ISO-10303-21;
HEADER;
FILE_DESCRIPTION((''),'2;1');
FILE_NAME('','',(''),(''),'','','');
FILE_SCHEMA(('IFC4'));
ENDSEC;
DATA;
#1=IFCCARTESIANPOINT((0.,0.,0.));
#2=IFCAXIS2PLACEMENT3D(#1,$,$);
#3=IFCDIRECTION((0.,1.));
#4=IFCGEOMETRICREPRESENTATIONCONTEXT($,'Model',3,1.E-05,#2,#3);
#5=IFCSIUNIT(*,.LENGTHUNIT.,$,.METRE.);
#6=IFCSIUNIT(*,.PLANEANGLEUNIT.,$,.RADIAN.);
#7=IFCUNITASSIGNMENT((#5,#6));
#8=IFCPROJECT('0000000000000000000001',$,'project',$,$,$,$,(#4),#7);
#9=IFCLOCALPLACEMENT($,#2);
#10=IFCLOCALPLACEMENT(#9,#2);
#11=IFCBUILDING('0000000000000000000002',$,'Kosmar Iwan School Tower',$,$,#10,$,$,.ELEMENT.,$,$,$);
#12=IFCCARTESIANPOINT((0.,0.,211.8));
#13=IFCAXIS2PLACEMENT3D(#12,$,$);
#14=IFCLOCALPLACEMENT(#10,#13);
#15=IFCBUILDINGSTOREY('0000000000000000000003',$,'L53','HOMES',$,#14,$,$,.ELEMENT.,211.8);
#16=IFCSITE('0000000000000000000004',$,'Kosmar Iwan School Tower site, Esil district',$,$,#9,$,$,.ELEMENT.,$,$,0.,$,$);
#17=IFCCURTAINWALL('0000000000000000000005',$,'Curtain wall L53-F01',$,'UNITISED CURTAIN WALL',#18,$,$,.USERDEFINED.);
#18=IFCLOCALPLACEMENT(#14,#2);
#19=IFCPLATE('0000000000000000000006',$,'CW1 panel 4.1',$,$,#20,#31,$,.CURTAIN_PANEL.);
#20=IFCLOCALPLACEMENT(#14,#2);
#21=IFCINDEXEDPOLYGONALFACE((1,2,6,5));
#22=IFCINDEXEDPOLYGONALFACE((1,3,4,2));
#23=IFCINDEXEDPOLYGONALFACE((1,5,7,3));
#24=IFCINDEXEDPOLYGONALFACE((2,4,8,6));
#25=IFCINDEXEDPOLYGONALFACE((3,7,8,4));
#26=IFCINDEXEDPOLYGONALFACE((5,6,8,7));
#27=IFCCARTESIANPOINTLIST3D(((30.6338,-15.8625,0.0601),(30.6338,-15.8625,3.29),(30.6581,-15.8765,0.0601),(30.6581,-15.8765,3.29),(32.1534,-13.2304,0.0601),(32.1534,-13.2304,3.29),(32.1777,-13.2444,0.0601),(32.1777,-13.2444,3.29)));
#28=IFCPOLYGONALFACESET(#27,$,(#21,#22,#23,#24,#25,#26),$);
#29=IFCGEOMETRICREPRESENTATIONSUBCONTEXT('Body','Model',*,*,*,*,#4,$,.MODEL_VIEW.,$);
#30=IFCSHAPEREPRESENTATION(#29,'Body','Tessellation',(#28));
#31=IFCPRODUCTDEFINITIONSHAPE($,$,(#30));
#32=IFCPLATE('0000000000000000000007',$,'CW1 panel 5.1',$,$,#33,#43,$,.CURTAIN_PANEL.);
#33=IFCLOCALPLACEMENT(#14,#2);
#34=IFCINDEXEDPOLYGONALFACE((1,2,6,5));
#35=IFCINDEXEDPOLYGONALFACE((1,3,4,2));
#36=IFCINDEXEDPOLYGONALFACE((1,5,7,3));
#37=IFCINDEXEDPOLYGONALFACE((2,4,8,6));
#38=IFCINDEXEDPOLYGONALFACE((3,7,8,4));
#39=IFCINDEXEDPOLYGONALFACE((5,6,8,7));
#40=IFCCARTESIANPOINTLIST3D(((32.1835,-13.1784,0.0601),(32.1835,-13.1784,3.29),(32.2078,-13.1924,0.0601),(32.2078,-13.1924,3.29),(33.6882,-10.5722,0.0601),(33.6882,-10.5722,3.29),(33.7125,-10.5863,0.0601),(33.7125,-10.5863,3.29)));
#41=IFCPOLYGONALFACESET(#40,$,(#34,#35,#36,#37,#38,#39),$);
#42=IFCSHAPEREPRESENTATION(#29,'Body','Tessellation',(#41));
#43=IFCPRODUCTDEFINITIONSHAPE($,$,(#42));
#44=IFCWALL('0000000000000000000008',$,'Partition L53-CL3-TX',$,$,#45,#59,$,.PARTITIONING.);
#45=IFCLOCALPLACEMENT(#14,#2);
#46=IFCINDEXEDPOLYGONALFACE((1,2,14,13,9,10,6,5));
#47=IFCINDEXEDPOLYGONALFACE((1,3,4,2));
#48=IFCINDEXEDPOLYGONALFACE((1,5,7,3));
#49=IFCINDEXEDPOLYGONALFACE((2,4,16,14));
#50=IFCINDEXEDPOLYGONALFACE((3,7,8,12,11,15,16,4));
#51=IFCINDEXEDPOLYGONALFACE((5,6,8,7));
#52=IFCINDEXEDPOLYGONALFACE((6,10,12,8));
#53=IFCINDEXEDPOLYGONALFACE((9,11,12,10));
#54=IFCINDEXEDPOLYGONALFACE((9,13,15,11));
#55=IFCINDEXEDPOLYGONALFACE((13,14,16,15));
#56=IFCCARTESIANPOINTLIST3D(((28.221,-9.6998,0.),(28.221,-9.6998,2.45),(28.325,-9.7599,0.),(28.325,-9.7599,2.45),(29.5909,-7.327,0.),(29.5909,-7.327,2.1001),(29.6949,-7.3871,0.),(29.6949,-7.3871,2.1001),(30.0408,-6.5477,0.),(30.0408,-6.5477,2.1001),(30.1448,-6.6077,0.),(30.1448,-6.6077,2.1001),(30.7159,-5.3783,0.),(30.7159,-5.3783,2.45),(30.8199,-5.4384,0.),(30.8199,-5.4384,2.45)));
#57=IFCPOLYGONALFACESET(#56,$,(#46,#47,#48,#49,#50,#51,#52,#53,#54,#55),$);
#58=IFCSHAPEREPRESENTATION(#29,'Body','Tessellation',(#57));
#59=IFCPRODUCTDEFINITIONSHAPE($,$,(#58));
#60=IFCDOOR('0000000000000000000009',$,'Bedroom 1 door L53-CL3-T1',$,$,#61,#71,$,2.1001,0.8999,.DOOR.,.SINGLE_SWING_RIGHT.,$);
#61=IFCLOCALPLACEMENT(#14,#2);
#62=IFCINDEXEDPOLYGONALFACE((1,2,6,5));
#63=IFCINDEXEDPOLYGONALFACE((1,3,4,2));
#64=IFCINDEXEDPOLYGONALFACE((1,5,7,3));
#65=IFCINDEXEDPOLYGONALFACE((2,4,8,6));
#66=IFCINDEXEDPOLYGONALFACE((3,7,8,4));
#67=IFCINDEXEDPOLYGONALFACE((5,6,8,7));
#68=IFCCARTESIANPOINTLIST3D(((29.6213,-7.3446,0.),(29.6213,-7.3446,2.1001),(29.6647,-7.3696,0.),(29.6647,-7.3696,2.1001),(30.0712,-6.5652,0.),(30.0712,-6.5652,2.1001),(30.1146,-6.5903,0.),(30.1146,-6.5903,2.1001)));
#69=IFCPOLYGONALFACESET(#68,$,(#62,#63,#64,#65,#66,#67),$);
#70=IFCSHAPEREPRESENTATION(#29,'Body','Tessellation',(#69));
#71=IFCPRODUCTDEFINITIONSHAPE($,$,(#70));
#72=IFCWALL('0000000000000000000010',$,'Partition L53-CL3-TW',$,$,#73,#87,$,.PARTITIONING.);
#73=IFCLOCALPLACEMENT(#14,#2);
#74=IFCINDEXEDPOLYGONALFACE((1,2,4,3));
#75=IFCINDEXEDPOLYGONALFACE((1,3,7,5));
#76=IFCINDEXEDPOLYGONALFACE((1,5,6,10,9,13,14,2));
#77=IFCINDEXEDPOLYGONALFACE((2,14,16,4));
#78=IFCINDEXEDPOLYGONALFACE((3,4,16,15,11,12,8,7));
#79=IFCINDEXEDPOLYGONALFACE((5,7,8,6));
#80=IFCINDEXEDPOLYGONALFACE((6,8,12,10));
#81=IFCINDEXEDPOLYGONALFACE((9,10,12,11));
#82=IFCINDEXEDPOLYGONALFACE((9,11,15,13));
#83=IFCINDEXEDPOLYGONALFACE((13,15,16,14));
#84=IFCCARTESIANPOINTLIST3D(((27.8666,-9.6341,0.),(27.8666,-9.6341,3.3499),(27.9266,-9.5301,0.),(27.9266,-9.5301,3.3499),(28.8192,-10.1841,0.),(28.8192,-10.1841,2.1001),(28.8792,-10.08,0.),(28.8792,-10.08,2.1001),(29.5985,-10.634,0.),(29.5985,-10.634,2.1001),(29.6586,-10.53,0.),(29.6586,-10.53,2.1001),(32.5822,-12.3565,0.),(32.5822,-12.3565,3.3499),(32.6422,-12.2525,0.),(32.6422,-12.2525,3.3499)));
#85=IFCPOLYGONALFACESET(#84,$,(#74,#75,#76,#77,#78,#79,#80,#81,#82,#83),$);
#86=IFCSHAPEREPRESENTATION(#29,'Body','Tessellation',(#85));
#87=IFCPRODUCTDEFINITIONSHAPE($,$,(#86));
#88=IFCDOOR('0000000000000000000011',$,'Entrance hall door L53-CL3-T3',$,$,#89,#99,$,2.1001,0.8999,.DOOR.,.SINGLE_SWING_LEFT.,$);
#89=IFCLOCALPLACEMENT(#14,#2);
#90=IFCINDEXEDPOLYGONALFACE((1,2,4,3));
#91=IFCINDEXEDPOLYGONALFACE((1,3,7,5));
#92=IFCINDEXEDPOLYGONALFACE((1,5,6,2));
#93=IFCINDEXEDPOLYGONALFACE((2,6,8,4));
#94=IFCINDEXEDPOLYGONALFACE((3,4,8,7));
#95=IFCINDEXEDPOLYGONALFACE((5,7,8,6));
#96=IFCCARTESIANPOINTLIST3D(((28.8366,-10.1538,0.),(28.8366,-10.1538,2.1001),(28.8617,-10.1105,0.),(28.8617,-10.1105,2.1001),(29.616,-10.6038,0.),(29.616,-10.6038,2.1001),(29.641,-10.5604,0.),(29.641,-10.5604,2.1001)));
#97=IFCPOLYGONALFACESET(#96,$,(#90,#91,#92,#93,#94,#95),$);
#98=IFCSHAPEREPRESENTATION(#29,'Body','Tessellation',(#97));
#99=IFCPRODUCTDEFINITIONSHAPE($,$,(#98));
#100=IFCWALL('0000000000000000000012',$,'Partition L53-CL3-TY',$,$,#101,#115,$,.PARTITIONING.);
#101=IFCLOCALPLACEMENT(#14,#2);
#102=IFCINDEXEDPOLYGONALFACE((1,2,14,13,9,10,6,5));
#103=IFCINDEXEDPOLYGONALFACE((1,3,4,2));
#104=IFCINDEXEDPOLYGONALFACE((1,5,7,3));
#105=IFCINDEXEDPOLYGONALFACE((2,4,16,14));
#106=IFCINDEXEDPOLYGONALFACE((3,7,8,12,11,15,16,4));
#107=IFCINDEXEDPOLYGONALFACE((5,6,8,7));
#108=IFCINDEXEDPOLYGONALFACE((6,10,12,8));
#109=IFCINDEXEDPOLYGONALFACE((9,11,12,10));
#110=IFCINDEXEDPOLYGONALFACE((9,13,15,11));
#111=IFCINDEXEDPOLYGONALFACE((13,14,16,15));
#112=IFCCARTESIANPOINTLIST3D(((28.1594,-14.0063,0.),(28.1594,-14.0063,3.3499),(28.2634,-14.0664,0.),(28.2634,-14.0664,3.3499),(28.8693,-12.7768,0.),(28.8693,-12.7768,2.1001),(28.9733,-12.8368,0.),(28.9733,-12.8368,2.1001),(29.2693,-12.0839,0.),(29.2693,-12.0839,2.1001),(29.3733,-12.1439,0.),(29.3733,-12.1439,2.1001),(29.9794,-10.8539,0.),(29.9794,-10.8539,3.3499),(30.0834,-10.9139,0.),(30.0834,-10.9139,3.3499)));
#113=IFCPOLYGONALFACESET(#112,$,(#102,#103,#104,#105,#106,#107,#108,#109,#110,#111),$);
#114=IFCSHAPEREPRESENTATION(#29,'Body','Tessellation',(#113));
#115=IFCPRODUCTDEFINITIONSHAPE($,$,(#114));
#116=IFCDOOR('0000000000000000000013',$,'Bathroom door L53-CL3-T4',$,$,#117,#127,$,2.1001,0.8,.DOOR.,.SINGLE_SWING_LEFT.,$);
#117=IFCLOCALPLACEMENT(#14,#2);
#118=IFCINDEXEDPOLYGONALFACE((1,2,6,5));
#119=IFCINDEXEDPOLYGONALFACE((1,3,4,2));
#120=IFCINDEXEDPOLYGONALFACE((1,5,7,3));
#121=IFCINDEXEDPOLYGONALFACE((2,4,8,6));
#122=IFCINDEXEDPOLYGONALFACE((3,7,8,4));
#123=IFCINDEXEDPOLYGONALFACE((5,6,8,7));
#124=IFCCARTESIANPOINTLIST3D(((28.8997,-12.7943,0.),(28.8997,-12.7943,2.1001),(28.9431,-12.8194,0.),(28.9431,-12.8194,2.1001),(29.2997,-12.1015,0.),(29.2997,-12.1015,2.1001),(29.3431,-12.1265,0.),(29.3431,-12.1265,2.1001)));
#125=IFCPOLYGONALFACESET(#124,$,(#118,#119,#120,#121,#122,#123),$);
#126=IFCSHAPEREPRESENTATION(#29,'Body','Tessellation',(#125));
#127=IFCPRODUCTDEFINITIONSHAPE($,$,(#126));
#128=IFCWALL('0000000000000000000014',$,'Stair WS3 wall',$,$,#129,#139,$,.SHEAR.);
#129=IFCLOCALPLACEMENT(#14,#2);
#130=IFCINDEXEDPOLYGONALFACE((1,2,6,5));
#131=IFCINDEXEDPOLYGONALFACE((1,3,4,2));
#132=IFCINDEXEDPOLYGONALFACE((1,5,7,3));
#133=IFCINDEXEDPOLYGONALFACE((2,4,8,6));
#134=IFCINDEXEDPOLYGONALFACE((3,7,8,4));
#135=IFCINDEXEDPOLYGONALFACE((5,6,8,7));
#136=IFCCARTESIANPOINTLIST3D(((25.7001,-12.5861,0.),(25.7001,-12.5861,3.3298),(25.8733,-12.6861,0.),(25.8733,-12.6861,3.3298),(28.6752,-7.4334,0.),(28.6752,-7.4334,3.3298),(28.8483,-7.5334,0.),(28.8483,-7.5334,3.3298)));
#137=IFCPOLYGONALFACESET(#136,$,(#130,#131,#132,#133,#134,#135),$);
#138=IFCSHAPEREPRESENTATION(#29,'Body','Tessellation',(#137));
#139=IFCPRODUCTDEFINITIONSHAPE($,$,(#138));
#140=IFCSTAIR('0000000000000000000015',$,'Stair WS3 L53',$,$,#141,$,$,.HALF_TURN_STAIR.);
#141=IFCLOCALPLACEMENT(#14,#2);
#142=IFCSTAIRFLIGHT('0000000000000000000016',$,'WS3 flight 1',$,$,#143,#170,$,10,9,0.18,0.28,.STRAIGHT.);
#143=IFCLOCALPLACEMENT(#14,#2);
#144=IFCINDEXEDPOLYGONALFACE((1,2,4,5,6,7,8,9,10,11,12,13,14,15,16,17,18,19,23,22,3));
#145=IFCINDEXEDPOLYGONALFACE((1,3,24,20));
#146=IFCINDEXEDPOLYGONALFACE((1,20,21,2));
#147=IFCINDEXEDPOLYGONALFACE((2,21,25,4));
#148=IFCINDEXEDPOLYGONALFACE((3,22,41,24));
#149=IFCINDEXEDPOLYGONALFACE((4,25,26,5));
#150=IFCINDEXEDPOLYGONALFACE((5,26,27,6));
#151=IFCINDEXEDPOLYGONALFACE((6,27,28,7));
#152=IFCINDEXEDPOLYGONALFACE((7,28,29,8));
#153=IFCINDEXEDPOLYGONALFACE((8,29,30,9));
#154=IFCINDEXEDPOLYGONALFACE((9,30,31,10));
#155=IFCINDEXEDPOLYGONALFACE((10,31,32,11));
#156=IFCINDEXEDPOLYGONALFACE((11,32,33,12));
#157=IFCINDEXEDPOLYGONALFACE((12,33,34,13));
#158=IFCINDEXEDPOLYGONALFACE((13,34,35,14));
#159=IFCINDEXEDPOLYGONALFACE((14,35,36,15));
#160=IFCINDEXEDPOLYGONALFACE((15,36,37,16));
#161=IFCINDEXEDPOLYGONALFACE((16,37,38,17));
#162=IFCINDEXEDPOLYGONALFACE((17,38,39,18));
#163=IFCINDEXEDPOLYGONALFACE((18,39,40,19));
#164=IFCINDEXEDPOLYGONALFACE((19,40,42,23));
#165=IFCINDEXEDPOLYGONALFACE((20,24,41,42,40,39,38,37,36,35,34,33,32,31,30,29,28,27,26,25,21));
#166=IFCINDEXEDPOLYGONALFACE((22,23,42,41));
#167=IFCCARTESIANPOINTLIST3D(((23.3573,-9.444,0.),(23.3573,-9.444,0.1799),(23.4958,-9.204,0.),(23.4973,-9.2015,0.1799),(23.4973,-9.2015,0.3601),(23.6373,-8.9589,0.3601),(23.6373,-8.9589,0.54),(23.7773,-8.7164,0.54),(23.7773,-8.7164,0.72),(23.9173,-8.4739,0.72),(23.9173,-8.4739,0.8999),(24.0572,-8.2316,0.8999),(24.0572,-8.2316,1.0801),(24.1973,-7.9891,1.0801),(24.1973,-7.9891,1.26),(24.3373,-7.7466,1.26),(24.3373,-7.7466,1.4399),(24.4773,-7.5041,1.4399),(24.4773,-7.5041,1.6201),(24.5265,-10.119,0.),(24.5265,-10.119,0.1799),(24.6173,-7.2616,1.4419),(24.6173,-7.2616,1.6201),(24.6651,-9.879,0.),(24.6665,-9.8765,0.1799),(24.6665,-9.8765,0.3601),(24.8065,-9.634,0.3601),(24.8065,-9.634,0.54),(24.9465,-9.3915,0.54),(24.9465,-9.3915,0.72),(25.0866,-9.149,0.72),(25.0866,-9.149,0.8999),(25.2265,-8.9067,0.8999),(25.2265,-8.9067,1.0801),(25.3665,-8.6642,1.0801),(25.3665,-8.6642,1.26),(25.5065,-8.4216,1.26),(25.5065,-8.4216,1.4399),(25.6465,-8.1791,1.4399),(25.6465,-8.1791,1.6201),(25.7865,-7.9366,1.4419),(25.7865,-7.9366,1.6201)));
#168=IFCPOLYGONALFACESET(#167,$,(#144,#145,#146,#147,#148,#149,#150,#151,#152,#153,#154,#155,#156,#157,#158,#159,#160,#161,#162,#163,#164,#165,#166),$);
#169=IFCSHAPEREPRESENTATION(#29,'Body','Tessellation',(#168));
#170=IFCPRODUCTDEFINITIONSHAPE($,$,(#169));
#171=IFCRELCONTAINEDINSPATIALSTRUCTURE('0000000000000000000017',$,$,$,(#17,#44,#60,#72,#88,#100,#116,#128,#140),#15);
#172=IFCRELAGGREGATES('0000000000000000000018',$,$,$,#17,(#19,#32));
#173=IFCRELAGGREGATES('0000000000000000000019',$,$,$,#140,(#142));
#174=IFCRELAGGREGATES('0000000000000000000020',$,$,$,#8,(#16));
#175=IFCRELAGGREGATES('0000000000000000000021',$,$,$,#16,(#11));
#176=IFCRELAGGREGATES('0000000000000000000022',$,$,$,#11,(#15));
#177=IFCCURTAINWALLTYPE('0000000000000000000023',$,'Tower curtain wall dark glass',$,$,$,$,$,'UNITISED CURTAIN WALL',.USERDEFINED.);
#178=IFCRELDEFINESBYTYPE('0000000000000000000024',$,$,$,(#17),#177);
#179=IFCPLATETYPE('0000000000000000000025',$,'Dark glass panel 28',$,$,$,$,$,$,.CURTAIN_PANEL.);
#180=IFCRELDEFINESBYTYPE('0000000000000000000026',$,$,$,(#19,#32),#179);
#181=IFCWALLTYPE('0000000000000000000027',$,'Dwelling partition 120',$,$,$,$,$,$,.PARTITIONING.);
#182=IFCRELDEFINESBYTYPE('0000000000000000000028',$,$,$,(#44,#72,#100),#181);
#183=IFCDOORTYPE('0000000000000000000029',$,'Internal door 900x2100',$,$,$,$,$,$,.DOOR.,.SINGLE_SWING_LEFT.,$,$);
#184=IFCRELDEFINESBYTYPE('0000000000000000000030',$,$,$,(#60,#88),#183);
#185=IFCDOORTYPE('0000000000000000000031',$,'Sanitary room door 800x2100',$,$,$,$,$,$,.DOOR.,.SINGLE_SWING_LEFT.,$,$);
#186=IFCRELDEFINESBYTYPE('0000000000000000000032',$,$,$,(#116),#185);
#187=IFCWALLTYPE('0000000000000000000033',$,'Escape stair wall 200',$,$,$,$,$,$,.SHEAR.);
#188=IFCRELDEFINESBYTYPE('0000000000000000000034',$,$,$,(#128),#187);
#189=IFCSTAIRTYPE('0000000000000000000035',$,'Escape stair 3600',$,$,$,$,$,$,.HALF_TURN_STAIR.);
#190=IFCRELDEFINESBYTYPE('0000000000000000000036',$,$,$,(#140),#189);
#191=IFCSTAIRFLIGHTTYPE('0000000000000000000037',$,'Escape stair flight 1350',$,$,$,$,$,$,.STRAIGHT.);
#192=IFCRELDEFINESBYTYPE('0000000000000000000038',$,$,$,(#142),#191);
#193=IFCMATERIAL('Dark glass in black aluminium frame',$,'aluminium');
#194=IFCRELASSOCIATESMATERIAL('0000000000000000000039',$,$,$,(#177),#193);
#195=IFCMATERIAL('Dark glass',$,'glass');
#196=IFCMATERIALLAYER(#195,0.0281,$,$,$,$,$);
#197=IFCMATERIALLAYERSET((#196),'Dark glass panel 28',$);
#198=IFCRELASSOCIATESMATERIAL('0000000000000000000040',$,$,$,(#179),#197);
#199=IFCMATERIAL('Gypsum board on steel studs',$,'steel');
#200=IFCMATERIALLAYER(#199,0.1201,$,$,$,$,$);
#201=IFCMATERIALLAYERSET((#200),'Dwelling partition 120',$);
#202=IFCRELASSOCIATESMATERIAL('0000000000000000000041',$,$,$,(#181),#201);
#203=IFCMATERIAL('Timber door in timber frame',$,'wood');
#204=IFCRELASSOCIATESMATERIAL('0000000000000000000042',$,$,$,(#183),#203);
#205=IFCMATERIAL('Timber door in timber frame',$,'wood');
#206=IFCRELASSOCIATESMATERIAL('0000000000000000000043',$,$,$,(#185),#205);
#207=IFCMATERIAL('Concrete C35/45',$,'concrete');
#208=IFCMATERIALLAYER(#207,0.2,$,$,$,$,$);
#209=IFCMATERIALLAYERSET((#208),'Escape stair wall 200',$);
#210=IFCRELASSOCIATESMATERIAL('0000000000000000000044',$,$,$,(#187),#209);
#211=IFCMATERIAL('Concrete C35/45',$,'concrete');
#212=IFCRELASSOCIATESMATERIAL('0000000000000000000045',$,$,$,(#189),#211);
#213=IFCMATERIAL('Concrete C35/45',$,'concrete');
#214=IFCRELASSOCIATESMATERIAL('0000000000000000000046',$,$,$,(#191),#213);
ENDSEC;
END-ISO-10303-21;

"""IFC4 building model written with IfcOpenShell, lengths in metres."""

from ifc_helpers import new_model, si_unit, direction, frame, frame_2d, origin, origin_2d, place, context, subcontext, project, spatial, polyline, rectangle, outline, extrude, material, layer, layer_set, type_object, element, fill, aggregate, save


model = new_model("IFC4")

# Units and contexts
model_context = context("Model", 3, precision=1e-05, world=origin(), true_north=direction((0.0, 1.0)))
body_context = subcontext(model_context, "Body", "Model", "MODEL_VIEW")
ifc_project = project(units=[si_unit("LENGTHUNIT", "METRE"), si_unit("PLANEANGLEUNIT", "RADIAN")], contexts=[model_context])

# Site, building, storey
site_placement = place(None, origin())
site = spatial("IfcSite", under=ifc_project, at=site_placement, Name="Kosmar Iwan School Tower site, Esil district", CompositionType="ELEMENT", RefElevation=0.0)
building_placement = place(site_placement, origin())
building = spatial("IfcBuilding", under=site, at=building_placement, Name="Kosmar Iwan School Tower", CompositionType="ELEMENT")
storey_placement = place(building_placement, frame((0.0, 0.0, 211.8)))
storey = spatial("IfcBuildingStorey", under=building, at=storey_placement, Name="L53", Description="HOMES", CompositionType="ELEMENT", Elevation=211.8)

# Curtain wall
ifc_material_1 = material(Name="Dark glass in black aluminium frame", Category="aluminium")
curtain_wall_type_1 = type_object("IfcCurtainWallType", Name="Tower curtain wall dark glass", ElementType="UNITISED CURTAIN WALL", PredefinedType="USERDEFINED", material=ifc_material_1)
curtain_wall_1_placement = place(storey_placement, origin())
curtain_wall_1 = element("IfcCurtainWall", 1, at=curtain_wall_1_placement, inside=storey, type_object=curtain_wall_type_1, Name="Curtain wall L53-F01", ObjectType="UNITISED CURTAIN WALL", PredefinedType="USERDEFINED")

# Plates
ifc_material_2 = material(Name="Dark glass", Category="glass")
ifc_layer_1 = layer(ifc_material_2, 0.0281)
ifc_layer_set_1 = layer_set([ifc_layer_1], Name="Dark glass panel 28")
plate_type = type_object("IfcPlateType", Name="Dark glass panel 28", PredefinedType="CURTAIN_PANEL", material=ifc_layer_set_1)
plate_1_placement = place(storey_placement, frame((31.4058, -14.5535, 0.0601), z_axis=(0.0, 0.0, 1.0), x_axis=(0.5, 0.866025, 0.0)))
plate_1 = element("IfcPlate", 2, at=plate_1_placement, type_object=plate_type, Name="CW1 panel 4.1", PredefinedType="CURTAIN_PANEL", context=body_context, shape_type="SweptSolid", body=[
    extrude(rectangle(XDim=3.0393, YDim=0.0281, at=origin_2d()), origin(), (0.0, 0.0, 1.0), 3.23),
])
plate_2_placement = place(storey_placement, frame((32.948, -11.8823, 0.0601), z_axis=(0.0, 0.0, 1.0), x_axis=(0.5, 0.866025, 0.0)))
plate_2 = element("IfcPlate", 3, at=plate_2_placement, type_object=plate_type, Name="CW1 panel 5.1", PredefinedType="CURTAIN_PANEL", context=body_context, shape_type="SweptSolid", body=[
    extrude(rectangle(XDim=3.0093, YDim=0.0281, at=origin_2d()), origin(), (0.0, 0.0, 1.0), 3.23),
])
aggregate(curtain_wall_1, [plate_1, plate_2])

# Walls, openings, doors
ifc_material_3 = material(Name="Gypsum board on steel studs", Category="steel")
ifc_layer_2 = layer(ifc_material_3, 0.1201)
ifc_layer_set_2 = layer_set([ifc_layer_2], Name="Dwelling partition 120")
wall_type_1 = type_object("IfcWallType", Name="Dwelling partition 120", PredefinedType="PARTITIONING", material=ifc_layer_set_2)
wall_1_placement = place(storey_placement, frame((28.2729, -9.73, 0.0), z_axis=(0.0, 0.0, 1.0), x_axis=(0.499975, 0.86604, 0.0)))
wall_1 = element("IfcWall", 4, at=wall_1_placement, inside=storey, type_object=wall_type_1, Name="Partition L53-CL3-TX", PredefinedType="PARTITIONING", context=body_context, shape_type="SweptSolid", body=[
    extrude(rectangle(XDim=4.99, YDim=0.1201, at=frame_2d((2.4951, 0.0))), origin(), (0.0, 0.0, 1.0), 2.45),
])
opening_1_placement = place(wall_1_placement, frame((2.74, 0.0, 0.0)))
opening_1 = element("IfcOpeningElement", 5, at=opening_1_placement, cuts=wall_1, PredefinedType="OPENING", context=body_context, shape_type="SweptSolid", body=[
    extrude(rectangle(XDim=0.8999, YDim=2.1001, at=frame_2d((0.45, 1.05))), frame((0.0, 0.072, 0.0), z_axis=(0.0, -1.0, 0.0), x_axis=(1.0, 0.0, 0.0)), (0.0, 0.0, 1.0), 0.144),
])
ifc_material_4 = material(Name="Timber door in timber frame", Category="wood")
door_type_1 = type_object("IfcDoorType", Name="Internal door 900x2100", OperationType="SINGLE_SWING_LEFT", PredefinedType="DOOR", material=ifc_material_4)
door_1_placement = place(opening_1_placement, origin())
door_1 = element("IfcDoor", 6, at=door_1_placement, inside=storey, type_object=door_type_1, Name="Bedroom 1 door L53-CL3-T1", OperationType="SINGLE_SWING_RIGHT", OverallHeight=2.1001, OverallWidth=0.8999, PredefinedType="DOOR", context=body_context, shape_type="SweptSolid", body=[
    extrude(rectangle(XDim=0.8999, YDim=2.1001, at=frame_2d((0.45, 1.05))), frame((0.0, 0.0249, 0.0), z_axis=(0.0, -1.0, 0.0), x_axis=(1.0, 0.0, 0.0)), (0.0, 0.0, 1.0), 0.05),
])
fill(opening_1, door_1)
wall_2_placement = place(storey_placement, frame((27.8965, -9.582, 0.0), z_axis=(0.0, 0.0, 1.0), x_axis=(0.866036, -0.499982, 0.0)))
wall_2 = element("IfcWall", 7, at=wall_2_placement, inside=storey, type_object=wall_type_1, Name="Partition L53-CL3-TW", PredefinedType="PARTITIONING", context=body_context, shape_type="SweptSolid", body=[
    extrude(rectangle(XDim=5.4451, YDim=0.1201, at=frame_2d((2.7227, 0.0))), origin(), (0.0, 0.0, 1.0), 3.3499),
])
opening_2_placement = place(wall_2_placement, frame((1.1001, 0.0, 0.0)))
opening_2 = element("IfcOpeningElement", 8, at=opening_2_placement, cuts=wall_2, PredefinedType="OPENING", context=body_context, shape_type="SweptSolid", body=[
    extrude(rectangle(XDim=0.8999, YDim=2.1001, at=frame_2d((0.45, 1.05))), frame((0.0, 0.072, 0.0), z_axis=(0.0, -1.0, 0.0), x_axis=(1.0, 0.0, 0.0)), (0.0, 0.0, 1.0), 0.144),
])
door_2_placement = place(opening_2_placement, origin())
door_2 = element("IfcDoor", 9, at=door_2_placement, inside=storey, type_object=door_type_1, Name="Entrance hall door L53-CL3-T3", OperationType="SINGLE_SWING_LEFT", OverallHeight=2.1001, OverallWidth=0.8999, PredefinedType="DOOR", context=body_context, shape_type="SweptSolid", body=[
    extrude(rectangle(XDim=0.8999, YDim=2.1001, at=frame_2d((0.45, 1.05))), frame((0.0, 0.0249, 0.0), z_axis=(0.0, -1.0, 0.0), x_axis=(1.0, 0.0, 0.0)), (0.0, 0.0, 1.0), 0.05),
])
fill(opening_2, door_2)
wall_3_placement = place(storey_placement, frame((28.2114, -14.0364, 0.0), z_axis=(0.0, 0.0, 1.0), x_axis=(0.499984, 0.866035, 0.0)))
wall_3 = element("IfcWall", 10, at=wall_3_placement, inside=storey, type_object=wall_type_1, Name="Partition L53-CL3-TY", PredefinedType="PARTITIONING", context=body_context, shape_type="SweptSolid", body=[
    extrude(rectangle(XDim=3.6401, YDim=0.1201, at=frame_2d((1.8201, 0.0))), origin(), (0.0, 0.0, 1.0), 3.3499),
])
opening_3_placement = place(wall_3_placement, frame((1.4199, 0.0, 0.0)))
opening_3 = element("IfcOpeningElement", 11, at=opening_3_placement, cuts=wall_3, PredefinedType="OPENING", context=body_context, shape_type="SweptSolid", body=[
    extrude(rectangle(XDim=0.8, YDim=2.1001, at=frame_2d((0.3999, 1.05))), frame((0.0, 0.072, 0.0), z_axis=(0.0, -1.0, 0.0), x_axis=(1.0, 0.0, 0.0)), (0.0, 0.0, 1.0), 0.144),
])
ifc_material_5 = material(Name="Timber door in timber frame", Category="wood")
door_type_2 = type_object("IfcDoorType", Name="Sanitary room door 800x2100", OperationType="SINGLE_SWING_LEFT", PredefinedType="DOOR", material=ifc_material_5)
door_3_placement = place(opening_3_placement, origin())
door_3 = element("IfcDoor", 12, at=door_3_placement, inside=storey, type_object=door_type_2, Name="Bathroom door L53-CL3-T4", OperationType="SINGLE_SWING_LEFT", OverallHeight=2.1001, OverallWidth=0.8, PredefinedType="DOOR", context=body_context, shape_type="SweptSolid", body=[
    extrude(rectangle(XDim=0.8, YDim=2.1001, at=frame_2d((0.3999, 1.05))), frame((0.0, 0.0249, 0.0), z_axis=(0.0, -1.0, 0.0), x_axis=(1.0, 0.0, 0.0)), (0.0, 0.0, 1.0), 0.05),
])
fill(opening_3, door_3)

# Wall
ifc_material_6 = material(Name="Concrete C35/45", Category="concrete")
ifc_layer_3 = layer(ifc_material_6, 0.2)
ifc_layer_set_3 = layer_set([ifc_layer_3], Name="Escape stair wall 200")
wall_type_2 = type_object("IfcWallType", Name="Escape stair wall 200", PredefinedType="SHEAR", material=ifc_layer_set_3)
wall_4_placement = place(storey_placement, frame((25.7866, -12.6362, 0.0), z_axis=(0.0, 0.0, 1.0), x_axis=(0.500014, 0.866017, 0.0)))
element("IfcWall", 13, at=wall_4_placement, inside=storey, type_object=wall_type_2, Name="Stair WS3 wall", PredefinedType="SHEAR", context=body_context, shape_type="SweptSolid", body=[
    extrude(rectangle(XDim=5.95, YDim=0.2, at=frame_2d((2.9751, 0.0))), origin(), (0.0, 0.0, 1.0), 3.3298),
])

# Stair, stair flight
ifc_material_7 = material(Name="Concrete C35/45", Category="concrete")
stair_type = type_object("IfcStairType", Name="Escape stair 3600", PredefinedType="HALF_TURN_STAIR", material=ifc_material_7)
stair_placement = place(storey_placement, origin())
stair = element("IfcStair", 14, at=stair_placement, inside=storey, type_object=stair_type, Name="Stair WS3 L53", PredefinedType="HALF_TURN_STAIR")
ifc_material_8 = material(Name="Concrete C35/45", Category="concrete")
stair_flight_type = type_object("IfcStairFlightType", Name="Escape stair flight 1350", PredefinedType="STRAIGHT", material=ifc_material_8)
stair_flight_placement = place(storey_placement, frame((23.9419, -9.7815, 0.0), z_axis=(0.0, 0.0, 1.0), x_axis=(0.5, 0.866025, 0.0)))
stair_flight = element("IfcStairFlight", 15, at=stair_flight_placement, type_object=stair_flight_type, Name="WS3 flight 1", NumberOfRisers=10, NumberOfTreads=9, PredefinedType="STRAIGHT", RiserHeight=0.18, TreadLength=0.28, context=body_context, shape_type="SweptSolid", body=[
    extrude(outline(polyline([(0.0, 0.0), (0.0, 0.1799), (0.28, 0.1799), (0.28, 0.3601), (0.5601, 0.3601), (0.5601, 0.54), (0.8401, 0.54), (0.8401, 0.72), (1.1201, 0.72), (1.1201, 0.8999), (1.3999, 0.8999), (1.3999, 1.0801), (1.6799, 1.0801), (1.6799, 1.26), (1.96, 1.26), (1.96, 1.4399), (2.24, 1.4399), (2.24, 1.6201), (2.52, 1.6201), (2.52, 1.8), (2.52, 1.4419), (0.2771, 0.0), (0.0, 0.0)])), frame((0.0, 0.675, 0.0), z_axis=(0.0, -1.0, 0.0), x_axis=(1.0, 0.0, 0.0)), (0.0, 0.0, 1.0), 1.3501),
])
aggregate(stair, [stair_flight])

save(model, "model.ifc")
